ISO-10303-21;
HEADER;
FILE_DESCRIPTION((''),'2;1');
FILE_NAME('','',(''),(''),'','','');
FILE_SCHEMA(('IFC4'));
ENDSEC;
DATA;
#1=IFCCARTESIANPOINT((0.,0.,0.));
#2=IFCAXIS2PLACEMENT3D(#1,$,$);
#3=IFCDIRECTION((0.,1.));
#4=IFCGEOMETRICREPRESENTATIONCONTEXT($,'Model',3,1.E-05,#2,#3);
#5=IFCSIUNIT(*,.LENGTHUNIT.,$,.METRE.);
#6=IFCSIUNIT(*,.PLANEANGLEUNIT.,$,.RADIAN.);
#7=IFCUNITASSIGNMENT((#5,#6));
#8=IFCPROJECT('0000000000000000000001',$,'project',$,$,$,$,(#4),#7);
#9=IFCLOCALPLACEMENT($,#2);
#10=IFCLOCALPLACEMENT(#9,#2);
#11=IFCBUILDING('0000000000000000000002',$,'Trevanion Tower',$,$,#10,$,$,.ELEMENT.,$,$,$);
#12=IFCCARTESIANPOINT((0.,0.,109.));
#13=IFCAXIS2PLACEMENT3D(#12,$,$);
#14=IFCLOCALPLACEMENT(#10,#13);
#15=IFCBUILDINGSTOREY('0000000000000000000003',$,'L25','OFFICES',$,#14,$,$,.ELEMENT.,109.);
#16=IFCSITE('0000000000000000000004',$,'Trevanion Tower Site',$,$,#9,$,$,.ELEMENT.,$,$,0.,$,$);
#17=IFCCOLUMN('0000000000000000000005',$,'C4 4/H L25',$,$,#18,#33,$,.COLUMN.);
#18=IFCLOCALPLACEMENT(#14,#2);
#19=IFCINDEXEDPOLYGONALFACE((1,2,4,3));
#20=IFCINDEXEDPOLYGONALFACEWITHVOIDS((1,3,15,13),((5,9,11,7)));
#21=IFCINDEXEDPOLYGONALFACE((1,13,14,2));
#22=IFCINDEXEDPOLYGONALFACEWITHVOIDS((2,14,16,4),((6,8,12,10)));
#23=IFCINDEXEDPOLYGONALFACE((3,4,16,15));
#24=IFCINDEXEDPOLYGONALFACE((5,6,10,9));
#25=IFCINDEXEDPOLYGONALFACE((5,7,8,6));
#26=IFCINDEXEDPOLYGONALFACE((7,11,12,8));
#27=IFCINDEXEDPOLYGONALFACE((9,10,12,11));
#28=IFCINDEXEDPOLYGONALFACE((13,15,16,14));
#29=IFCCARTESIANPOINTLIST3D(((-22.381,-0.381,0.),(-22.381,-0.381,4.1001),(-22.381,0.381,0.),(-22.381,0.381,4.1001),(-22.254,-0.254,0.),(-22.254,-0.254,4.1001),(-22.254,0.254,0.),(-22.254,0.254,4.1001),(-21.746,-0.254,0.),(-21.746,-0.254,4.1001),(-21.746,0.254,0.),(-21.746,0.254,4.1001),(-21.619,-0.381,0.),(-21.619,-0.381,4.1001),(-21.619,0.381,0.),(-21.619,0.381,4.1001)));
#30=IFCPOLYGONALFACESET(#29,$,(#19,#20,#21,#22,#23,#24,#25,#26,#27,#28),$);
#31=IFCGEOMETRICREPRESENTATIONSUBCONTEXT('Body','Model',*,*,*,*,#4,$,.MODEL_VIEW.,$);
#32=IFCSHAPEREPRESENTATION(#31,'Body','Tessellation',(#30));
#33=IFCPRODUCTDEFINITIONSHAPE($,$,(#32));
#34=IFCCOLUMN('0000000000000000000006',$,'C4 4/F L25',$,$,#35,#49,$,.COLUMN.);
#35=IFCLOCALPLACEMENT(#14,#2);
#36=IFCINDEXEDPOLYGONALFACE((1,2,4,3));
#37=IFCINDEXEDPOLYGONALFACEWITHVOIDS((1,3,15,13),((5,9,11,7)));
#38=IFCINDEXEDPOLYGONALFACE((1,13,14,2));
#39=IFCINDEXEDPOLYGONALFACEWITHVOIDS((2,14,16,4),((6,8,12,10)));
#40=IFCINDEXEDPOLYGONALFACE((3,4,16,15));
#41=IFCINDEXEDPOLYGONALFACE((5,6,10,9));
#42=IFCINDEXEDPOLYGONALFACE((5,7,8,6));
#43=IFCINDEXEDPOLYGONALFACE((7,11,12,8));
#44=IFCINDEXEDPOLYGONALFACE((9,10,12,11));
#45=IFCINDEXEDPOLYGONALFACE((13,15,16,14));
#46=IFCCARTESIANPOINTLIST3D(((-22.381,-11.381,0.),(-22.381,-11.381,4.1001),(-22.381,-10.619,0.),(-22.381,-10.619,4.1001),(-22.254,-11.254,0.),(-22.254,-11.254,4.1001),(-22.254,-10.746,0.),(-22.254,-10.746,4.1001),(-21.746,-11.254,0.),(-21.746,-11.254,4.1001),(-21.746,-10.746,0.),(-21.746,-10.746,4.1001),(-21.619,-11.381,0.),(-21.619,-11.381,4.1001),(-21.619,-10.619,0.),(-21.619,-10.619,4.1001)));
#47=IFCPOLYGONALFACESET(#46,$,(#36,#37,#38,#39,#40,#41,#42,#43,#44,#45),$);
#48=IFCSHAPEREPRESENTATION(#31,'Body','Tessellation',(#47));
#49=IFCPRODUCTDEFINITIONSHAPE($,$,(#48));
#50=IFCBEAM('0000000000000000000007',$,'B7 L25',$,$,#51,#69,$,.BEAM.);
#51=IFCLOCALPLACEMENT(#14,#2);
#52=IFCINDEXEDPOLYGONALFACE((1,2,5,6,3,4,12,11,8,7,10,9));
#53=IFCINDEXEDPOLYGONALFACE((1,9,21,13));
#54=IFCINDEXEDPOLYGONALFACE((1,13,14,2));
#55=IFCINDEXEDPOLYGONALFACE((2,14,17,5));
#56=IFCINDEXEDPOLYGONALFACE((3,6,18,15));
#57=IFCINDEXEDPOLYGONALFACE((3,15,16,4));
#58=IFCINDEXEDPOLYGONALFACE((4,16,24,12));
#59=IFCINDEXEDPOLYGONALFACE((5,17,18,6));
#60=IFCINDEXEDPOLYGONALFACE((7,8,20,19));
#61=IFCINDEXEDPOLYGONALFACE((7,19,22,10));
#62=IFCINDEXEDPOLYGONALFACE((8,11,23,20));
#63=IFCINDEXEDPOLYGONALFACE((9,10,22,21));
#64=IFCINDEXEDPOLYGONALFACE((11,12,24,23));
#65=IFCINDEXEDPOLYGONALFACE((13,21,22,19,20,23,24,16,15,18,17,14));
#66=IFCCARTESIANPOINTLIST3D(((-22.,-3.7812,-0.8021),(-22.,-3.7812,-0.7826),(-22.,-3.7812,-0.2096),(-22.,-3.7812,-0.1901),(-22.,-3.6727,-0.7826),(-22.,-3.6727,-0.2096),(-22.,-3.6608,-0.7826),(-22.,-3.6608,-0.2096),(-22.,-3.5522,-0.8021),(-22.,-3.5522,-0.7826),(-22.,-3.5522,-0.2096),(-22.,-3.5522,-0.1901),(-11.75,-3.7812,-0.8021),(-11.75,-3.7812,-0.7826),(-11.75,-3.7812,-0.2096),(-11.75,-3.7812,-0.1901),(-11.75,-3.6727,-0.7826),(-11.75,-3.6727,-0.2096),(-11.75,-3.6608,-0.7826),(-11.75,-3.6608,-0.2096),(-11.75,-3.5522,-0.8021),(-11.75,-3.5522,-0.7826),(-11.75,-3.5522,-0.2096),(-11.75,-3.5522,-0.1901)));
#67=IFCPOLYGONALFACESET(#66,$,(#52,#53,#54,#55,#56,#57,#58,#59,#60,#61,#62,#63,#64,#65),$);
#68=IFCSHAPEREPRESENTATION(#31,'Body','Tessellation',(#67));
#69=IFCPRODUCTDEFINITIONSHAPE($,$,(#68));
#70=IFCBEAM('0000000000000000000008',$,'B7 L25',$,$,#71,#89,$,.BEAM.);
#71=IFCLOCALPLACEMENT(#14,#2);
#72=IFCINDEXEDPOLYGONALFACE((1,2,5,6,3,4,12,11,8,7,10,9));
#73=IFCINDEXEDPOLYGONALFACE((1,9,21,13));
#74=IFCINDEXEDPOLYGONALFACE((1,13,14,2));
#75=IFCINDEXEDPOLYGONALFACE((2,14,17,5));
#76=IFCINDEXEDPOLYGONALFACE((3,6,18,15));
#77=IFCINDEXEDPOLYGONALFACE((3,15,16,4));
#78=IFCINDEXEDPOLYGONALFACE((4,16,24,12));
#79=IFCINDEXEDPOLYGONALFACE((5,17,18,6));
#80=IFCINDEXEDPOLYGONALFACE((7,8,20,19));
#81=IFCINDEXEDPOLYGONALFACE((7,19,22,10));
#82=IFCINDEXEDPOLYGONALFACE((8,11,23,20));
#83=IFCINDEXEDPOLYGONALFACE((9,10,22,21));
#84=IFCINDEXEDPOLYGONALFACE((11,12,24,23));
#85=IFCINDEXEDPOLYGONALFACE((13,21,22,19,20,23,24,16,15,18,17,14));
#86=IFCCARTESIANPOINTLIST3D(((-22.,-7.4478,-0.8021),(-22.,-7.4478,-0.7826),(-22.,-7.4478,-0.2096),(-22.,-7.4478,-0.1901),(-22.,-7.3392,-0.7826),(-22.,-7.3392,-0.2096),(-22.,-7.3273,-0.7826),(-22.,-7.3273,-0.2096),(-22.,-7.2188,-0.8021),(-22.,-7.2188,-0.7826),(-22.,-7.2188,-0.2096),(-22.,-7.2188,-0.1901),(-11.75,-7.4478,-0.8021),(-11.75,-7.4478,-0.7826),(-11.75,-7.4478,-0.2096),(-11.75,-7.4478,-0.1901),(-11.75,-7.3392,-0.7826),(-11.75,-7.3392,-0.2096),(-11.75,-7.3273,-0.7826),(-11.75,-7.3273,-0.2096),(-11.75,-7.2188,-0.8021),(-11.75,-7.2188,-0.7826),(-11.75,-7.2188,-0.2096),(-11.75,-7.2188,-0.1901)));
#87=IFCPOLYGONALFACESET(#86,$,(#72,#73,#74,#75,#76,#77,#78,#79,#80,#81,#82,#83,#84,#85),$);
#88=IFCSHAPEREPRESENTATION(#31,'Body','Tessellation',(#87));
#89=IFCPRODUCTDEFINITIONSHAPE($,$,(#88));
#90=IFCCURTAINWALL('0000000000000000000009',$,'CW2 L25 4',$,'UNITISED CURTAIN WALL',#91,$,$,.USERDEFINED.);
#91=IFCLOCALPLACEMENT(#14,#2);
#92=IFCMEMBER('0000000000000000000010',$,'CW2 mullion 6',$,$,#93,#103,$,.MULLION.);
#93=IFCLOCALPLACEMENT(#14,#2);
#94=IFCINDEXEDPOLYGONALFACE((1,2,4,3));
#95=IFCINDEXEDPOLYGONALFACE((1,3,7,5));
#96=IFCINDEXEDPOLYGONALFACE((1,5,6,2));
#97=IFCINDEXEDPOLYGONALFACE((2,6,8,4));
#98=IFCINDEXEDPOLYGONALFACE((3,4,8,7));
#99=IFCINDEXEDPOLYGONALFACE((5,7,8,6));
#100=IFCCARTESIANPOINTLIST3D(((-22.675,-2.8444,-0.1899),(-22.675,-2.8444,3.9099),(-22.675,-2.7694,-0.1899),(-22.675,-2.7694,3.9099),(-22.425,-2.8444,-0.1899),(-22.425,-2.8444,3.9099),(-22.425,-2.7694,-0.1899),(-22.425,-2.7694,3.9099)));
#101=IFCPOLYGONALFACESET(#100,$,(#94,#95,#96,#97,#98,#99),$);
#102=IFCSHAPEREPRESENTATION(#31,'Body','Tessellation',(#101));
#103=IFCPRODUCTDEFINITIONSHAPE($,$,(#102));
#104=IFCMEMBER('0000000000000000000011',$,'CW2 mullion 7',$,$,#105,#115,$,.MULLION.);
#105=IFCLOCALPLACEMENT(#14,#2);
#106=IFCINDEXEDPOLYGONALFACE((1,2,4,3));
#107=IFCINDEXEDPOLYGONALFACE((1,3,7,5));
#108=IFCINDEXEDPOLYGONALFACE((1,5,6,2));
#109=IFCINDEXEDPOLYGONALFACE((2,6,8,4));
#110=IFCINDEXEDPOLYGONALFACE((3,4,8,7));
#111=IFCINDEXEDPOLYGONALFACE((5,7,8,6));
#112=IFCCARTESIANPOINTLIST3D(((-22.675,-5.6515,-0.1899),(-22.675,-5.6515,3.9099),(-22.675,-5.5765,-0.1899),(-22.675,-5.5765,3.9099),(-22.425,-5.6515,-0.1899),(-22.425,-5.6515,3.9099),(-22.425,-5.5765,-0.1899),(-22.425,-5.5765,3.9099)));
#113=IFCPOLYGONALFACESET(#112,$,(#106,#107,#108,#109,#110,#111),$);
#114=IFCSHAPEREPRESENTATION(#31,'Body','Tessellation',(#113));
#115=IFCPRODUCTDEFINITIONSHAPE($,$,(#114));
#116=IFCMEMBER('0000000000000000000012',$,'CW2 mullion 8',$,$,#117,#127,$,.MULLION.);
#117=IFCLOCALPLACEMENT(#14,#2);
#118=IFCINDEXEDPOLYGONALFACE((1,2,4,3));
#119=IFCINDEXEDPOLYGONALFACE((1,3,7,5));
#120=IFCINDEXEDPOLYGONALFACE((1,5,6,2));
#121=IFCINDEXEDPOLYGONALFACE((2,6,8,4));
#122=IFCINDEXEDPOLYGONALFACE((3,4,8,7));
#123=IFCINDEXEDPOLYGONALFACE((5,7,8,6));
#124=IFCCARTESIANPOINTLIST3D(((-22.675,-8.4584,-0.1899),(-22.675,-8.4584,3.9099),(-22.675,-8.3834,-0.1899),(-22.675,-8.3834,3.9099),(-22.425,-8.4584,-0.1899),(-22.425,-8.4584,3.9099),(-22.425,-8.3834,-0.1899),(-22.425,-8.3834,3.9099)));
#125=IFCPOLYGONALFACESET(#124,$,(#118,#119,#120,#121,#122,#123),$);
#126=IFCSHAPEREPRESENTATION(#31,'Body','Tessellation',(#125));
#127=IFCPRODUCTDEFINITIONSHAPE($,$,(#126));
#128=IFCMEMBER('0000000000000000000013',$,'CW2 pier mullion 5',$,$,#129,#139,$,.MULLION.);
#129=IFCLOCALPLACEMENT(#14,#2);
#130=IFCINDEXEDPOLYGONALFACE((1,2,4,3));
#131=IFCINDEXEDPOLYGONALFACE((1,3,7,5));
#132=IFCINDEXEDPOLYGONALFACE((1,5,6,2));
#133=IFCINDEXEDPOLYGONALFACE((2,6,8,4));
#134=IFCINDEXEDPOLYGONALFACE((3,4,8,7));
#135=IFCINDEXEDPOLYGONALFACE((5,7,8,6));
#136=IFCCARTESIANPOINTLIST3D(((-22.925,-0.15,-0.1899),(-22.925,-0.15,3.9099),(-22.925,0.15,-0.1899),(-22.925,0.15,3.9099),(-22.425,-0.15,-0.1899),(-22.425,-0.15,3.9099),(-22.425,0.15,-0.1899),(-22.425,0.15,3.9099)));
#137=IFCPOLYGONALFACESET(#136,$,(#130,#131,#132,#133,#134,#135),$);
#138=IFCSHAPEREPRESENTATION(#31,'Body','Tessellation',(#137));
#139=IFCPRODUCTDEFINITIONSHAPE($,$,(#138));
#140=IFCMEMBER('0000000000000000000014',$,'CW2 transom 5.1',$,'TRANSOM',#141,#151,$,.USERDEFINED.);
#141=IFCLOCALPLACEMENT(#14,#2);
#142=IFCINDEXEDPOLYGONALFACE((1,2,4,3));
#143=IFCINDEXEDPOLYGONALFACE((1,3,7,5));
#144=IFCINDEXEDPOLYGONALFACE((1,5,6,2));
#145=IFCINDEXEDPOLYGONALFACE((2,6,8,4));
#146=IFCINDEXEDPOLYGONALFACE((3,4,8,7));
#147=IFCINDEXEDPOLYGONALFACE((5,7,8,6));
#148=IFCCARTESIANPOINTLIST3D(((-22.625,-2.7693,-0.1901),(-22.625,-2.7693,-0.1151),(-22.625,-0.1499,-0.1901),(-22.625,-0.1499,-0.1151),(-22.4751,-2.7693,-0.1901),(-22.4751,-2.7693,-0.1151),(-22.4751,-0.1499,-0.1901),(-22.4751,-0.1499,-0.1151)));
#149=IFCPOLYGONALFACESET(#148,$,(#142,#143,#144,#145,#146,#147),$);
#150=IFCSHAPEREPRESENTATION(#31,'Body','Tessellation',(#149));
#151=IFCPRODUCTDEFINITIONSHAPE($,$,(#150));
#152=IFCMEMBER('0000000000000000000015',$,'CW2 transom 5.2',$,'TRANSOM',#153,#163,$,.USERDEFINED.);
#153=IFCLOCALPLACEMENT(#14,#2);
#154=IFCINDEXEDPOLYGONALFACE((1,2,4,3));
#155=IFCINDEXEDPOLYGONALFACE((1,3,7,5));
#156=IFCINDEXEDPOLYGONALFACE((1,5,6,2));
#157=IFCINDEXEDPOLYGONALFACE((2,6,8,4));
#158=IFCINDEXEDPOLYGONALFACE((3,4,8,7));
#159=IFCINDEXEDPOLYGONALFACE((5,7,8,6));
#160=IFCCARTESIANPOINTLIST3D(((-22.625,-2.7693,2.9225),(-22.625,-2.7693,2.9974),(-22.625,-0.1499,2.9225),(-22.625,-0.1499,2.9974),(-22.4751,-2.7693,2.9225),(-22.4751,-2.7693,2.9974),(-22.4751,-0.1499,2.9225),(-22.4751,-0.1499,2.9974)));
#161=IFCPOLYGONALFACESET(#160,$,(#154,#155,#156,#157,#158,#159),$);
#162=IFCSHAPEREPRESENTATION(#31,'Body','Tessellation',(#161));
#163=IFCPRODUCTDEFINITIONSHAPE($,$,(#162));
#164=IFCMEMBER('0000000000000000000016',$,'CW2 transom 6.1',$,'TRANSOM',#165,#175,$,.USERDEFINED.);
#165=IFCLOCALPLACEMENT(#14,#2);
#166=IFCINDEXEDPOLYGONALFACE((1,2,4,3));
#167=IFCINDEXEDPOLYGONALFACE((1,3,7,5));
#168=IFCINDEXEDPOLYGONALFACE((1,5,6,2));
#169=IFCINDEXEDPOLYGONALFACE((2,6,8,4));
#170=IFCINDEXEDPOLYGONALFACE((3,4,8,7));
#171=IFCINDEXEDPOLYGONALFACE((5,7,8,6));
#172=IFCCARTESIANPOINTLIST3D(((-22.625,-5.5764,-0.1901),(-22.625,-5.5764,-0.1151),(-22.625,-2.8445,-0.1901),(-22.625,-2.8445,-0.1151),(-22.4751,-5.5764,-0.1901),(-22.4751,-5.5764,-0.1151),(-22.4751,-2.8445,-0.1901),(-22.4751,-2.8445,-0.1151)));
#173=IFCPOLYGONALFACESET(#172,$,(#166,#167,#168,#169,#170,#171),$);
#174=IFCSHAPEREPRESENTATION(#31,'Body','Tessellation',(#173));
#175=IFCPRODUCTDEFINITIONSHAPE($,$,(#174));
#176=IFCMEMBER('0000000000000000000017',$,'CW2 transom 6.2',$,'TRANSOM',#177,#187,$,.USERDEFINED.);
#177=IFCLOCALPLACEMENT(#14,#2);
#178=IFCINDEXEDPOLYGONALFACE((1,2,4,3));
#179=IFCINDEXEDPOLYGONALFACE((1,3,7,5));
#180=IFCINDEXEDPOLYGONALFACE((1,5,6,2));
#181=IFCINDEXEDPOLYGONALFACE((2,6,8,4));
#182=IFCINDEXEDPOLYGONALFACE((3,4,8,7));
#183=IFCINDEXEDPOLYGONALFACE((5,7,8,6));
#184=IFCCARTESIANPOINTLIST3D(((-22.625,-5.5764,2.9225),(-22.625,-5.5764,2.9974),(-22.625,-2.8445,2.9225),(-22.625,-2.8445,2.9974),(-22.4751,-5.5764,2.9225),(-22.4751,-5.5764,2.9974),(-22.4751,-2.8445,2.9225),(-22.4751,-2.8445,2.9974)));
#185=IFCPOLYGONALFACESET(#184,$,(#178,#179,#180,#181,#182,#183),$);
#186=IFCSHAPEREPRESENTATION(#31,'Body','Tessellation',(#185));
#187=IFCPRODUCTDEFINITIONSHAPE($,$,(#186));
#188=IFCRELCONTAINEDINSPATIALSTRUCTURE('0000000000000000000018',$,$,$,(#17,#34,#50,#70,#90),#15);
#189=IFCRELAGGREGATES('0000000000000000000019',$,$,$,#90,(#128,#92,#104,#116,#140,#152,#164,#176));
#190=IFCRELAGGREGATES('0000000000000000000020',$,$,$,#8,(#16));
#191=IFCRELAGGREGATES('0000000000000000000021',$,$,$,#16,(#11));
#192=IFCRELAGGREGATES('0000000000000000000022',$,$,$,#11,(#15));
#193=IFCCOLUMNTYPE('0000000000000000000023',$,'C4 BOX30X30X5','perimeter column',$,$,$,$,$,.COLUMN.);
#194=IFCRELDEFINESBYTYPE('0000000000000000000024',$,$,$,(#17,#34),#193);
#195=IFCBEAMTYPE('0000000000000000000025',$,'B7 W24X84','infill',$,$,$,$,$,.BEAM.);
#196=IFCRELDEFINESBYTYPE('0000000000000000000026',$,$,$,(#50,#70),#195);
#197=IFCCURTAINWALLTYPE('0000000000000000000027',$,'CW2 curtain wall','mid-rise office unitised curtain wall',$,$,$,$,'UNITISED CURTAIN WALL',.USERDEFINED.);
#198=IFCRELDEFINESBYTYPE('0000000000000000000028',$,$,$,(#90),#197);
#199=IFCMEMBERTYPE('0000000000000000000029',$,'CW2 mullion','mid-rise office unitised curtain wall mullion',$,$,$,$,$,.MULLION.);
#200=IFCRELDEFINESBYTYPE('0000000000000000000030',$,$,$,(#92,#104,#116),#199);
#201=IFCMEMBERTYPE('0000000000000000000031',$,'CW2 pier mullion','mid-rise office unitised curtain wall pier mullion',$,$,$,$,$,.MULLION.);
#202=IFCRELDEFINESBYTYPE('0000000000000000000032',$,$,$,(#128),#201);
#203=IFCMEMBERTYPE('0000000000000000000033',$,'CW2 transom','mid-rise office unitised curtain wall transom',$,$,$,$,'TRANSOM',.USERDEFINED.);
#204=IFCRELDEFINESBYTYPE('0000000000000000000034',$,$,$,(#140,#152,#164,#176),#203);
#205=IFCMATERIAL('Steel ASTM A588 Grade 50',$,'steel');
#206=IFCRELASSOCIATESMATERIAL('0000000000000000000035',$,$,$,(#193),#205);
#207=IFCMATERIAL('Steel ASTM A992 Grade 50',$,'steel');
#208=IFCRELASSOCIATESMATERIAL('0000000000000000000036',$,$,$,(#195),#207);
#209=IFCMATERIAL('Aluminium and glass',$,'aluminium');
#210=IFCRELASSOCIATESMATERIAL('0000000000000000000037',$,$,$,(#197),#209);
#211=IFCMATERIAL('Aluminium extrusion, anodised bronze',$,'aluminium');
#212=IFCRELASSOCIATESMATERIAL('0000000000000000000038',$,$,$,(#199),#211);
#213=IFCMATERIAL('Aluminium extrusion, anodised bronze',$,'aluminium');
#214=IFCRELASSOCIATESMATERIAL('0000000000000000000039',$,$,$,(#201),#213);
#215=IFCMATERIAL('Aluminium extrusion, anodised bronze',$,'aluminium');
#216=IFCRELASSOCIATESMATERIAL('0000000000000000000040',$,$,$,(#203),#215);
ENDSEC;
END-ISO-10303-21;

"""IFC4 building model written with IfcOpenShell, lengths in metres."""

from ifc_helpers import new_model, si_unit, direction, frame, origin, origin_2d, place, context, subcontext, project, spatial, rectangle, hollow_rectangle, i_section, extrude, material, material_profile, profile_set, type_object, element, aggregate, save


model = new_model("IFC4")

# Units and contexts
model_context = context("Model", 3, precision=1e-05, world=origin(), true_north=direction((0.0, 1.0)))
body_context = subcontext(model_context, "Body", "Model", "MODEL_VIEW")
ifc_project = project(units=[si_unit("LENGTHUNIT", "METRE"), si_unit("PLANEANGLEUNIT", "RADIAN")], contexts=[model_context])

# Site, building, storey
site_placement = place(None, origin())
site = spatial("IfcSite", under=ifc_project, at=site_placement, Name="Trevanion Tower Site", CompositionType="ELEMENT", RefElevation=0.0)
building_placement = place(site_placement, origin())
building = spatial("IfcBuilding", under=site, at=building_placement, Name="Trevanion Tower", CompositionType="ELEMENT")
storey_placement = place(building_placement, frame((0.0, 0.0, 109.0)))
storey = spatial("IfcBuildingStorey", under=building, at=storey_placement, Name="L25", Description="OFFICES", CompositionType="ELEMENT", Elevation=109.0)

# Columns
ifc_material_1 = material(Name="Steel ASTM A588 Grade 50", Category="steel")
ifc_material_profile_1 = material_profile(ifc_material_1, hollow_rectangle(XDim=0.762, YDim=0.762, WallThickness=0.127, at=origin_2d()), Name="BOX30X30X5")
ifc_profile_set_1 = profile_set([ifc_material_profile_1], Name="Steel ASTM A588 Grade 50")
column_type = type_object("IfcColumnType", Name="C4 BOX30X30X5", Description="perimeter column", PredefinedType="COLUMN", material=ifc_profile_set_1)
for number, where, z_axis, x_axis, name in (
    (1, (-22.0, 0.0, 0.0), (0.0, 0.0, 1.0), (0.0, 1.0, 0.0), "C4 4/H L25"),
    (2, (-22.0, -11.0, 0.0), (0.0, 0.0, 1.0), (0.0, 1.0, 0.0), "C4 4/F L25"),
):
    element("IfcColumn", number, at=place(storey_placement, frame(where, z_axis=z_axis, x_axis=x_axis)), inside=storey, type_object=column_type, Name=name, PredefinedType="COLUMN", context=body_context, shape_type="SweptSolid", body=[
        extrude(hollow_rectangle(XDim=0.762, YDim=0.762, WallThickness=0.127, at=origin_2d()), origin(), (0.0, 0.0, 1.0), 4.1001),
    ])

# Beams
ifc_material_2 = material(Name="Steel ASTM A992 Grade 50", Category="steel")
ifc_material_profile_2 = material_profile(ifc_material_2, i_section(OverallWidth=0.229, OverallDepth=0.6121, WebThickness=0.012, FlangeThickness=0.0195, at=origin_2d()), Name="W24X84")
ifc_profile_set_2 = profile_set([ifc_material_profile_2], Name="Steel ASTM A992 Grade 50")
beam_type_1 = type_object("IfcBeamType", Name="B7 W24X84", Description="infill", PredefinedType="BEAM", material=ifc_profile_set_2)
for number, where, z_axis, x_axis, name in (
    (3, (-11.75, -3.6667, -0.4961), (-1.0, 0.0, 0.0), (0.0, -1.0, 0.0), "B7 L25"),
    (4, (-11.75, -7.3333, -0.4961), (-1.0, 0.0, 0.0), (0.0, -1.0, 0.0), "B7 L25"),
):
    element("IfcBeam", number, at=place(storey_placement, frame(where, z_axis=z_axis, x_axis=x_axis)), inside=storey, type_object=beam_type_1, Name=name, PredefinedType="BEAM", context=body_context, shape_type="SweptSolid", body=[
        extrude(i_section(OverallWidth=0.229, OverallDepth=0.6121, WebThickness=0.012, FlangeThickness=0.0195, at=origin_2d()), origin(), (0.0, 0.0, 1.0), 10.25),
    ])

# Curtain wall, members
ifc_material_3 = material(Name="Aluminium and glass", Category="aluminium")
curtain_wall_type = type_object("IfcCurtainWallType", Name="CW2 curtain wall", Description="mid-rise office unitised curtain wall", ElementType="UNITISED CURTAIN WALL", PredefinedType="USERDEFINED", material=ifc_material_3)
curtain_wall_placement = place(storey_placement, origin())
curtain_wall = element("IfcCurtainWall", 5, at=curtain_wall_placement, inside=storey, type_object=curtain_wall_type, Name="CW2 L25 4", ObjectType="UNITISED CURTAIN WALL", PredefinedType="USERDEFINED")
ifc_material_4 = material(Name="Aluminium extrusion, anodised bronze", Category="aluminium")
ifc_material_profile_3 = material_profile(ifc_material_4, rectangle(XDim=0.075, YDim=0.25, at=origin_2d()), Name="CW2 mullion")
ifc_profile_set_3 = profile_set([ifc_material_profile_3], Name="Aluminium extrusion, anodised bronze")
member_type_1 = type_object("IfcMemberType", Name="CW2 mullion", Description="mid-rise office unitised curtain wall mullion", PredefinedType="MULLION", material=ifc_profile_set_3)
member_1_placement = place(storey_placement, frame((-22.55, -2.8069, -0.1899), z_axis=(0.0, 0.0, 1.0), x_axis=(0.0, -1.0, 0.0)))
member_1 = element("IfcMember", 6, at=member_1_placement, type_object=member_type_1, Name="CW2 mullion 6", PredefinedType="MULLION", context=body_context, shape_type="SweptSolid", body=[
    extrude(rectangle(XDim=0.075, YDim=0.25, at=origin_2d()), origin(), (0.0, 0.0, 1.0), 4.0999),
])
member_2_placement = place(storey_placement, frame((-22.55, -5.614, -0.1899), z_axis=(0.0, 0.0, 1.0), x_axis=(0.0, -1.0, 0.0)))
member_2 = element("IfcMember", 7, at=member_2_placement, type_object=member_type_1, Name="CW2 mullion 7", PredefinedType="MULLION", context=body_context, shape_type="SweptSolid", body=[
    extrude(rectangle(XDim=0.075, YDim=0.25, at=origin_2d()), origin(), (0.0, 0.0, 1.0), 4.0999),
])
member_3_placement = place(storey_placement, frame((-22.55, -8.4209, -0.1899), z_axis=(0.0, 0.0, 1.0), x_axis=(0.0, -1.0, 0.0)))
member_3 = element("IfcMember", 8, at=member_3_placement, type_object=member_type_1, Name="CW2 mullion 8", PredefinedType="MULLION", context=body_context, shape_type="SweptSolid", body=[
    extrude(rectangle(XDim=0.075, YDim=0.25, at=origin_2d()), origin(), (0.0, 0.0, 1.0), 4.0999),
])
ifc_material_5 = material(Name="Aluminium extrusion, anodised bronze", Category="aluminium")
ifc_material_profile_4 = material_profile(ifc_material_5, rectangle(XDim=0.3, YDim=0.5, at=origin_2d()), Name="CW2 pier mullion")
ifc_profile_set_4 = profile_set([ifc_material_profile_4], Name="Aluminium extrusion, anodised bronze")
member_type_2 = type_object("IfcMemberType", Name="CW2 pier mullion", Description="mid-rise office unitised curtain wall pier mullion", PredefinedType="MULLION", material=ifc_profile_set_4)
member_4_placement = place(storey_placement, frame((-22.675, 0.0, -0.1899), z_axis=(0.0, 0.0, 1.0), x_axis=(0.0, -1.0, 0.0)))
member_4 = element("IfcMember", 9, at=member_4_placement, type_object=member_type_2, Name="CW2 pier mullion 5", PredefinedType="MULLION", context=body_context, shape_type="SweptSolid", body=[
    extrude(rectangle(XDim=0.3, YDim=0.5, at=origin_2d()), origin(), (0.0, 0.0, 1.0), 4.0999),
])
ifc_material_6 = material(Name="Aluminium extrusion, anodised bronze", Category="aluminium")
ifc_material_profile_5 = material_profile(ifc_material_6, rectangle(XDim=0.1499, YDim=0.075, at=origin_2d()), Name="CW2 transom")
ifc_profile_set_5 = profile_set([ifc_material_profile_5], Name="Aluminium extrusion, anodised bronze")
member_type_3 = type_object("IfcMemberType", Name="CW2 transom", Description="mid-rise office unitised curtain wall transom", ElementType="TRANSOM", PredefinedType="USERDEFINED", material=ifc_profile_set_5)
member_5_placement = place(storey_placement, frame((-22.55, -0.1499, -0.1526), z_axis=(0.0, -1.0, 0.0), x_axis=(1.0, 0.0, 0.0)))
member_5 = element("IfcMember", 10, at=member_5_placement, type_object=member_type_3, Name="CW2 transom 5.1", ObjectType="TRANSOM", PredefinedType="USERDEFINED", context=body_context, shape_type="SweptSolid", body=[
    extrude(rectangle(XDim=0.1499, YDim=0.075, at=origin_2d()), origin(), (0.0, 0.0, 1.0), 2.6194),
])
member_6_placement = place(storey_placement, frame((-22.55, -0.1499, 2.96), z_axis=(0.0, -1.0, 0.0), x_axis=(1.0, 0.0, 0.0)))
member_6 = element("IfcMember", 11, at=member_6_placement, type_object=member_type_3, Name="CW2 transom 5.2", ObjectType="TRANSOM", PredefinedType="USERDEFINED", context=body_context, shape_type="SweptSolid", body=[
    extrude(rectangle(XDim=0.1499, YDim=0.075, at=origin_2d()), origin(), (0.0, 0.0, 1.0), 2.6194),
])
member_7_placement = place(storey_placement, frame((-22.55, -2.8445, -0.1526), z_axis=(0.0, -1.0, 0.0), x_axis=(1.0, 0.0, 0.0)))
member_7 = element("IfcMember", 12, at=member_7_placement, type_object=member_type_3, Name="CW2 transom 6.1", ObjectType="TRANSOM", PredefinedType="USERDEFINED", context=body_context, shape_type="SweptSolid", body=[
    extrude(rectangle(XDim=0.1499, YDim=0.075, at=origin_2d()), origin(), (0.0, 0.0, 1.0), 2.7319),
])
member_8_placement = place(storey_placement, frame((-22.55, -2.8445, 2.96), z_axis=(0.0, -1.0, 0.0), x_axis=(1.0, 0.0, 0.0)))
member_8 = element("IfcMember", 13, at=member_8_placement, type_object=member_type_3, Name="CW2 transom 6.2", ObjectType="TRANSOM", PredefinedType="USERDEFINED", context=body_context, shape_type="SweptSolid", body=[
    extrude(rectangle(XDim=0.1499, YDim=0.075, at=origin_2d()), origin(), (0.0, 0.0, 1.0), 2.7319),
])

aggregate(curtain_wall, [member_4, member_1, member_2, member_3, member_5, member_6, member_7, member_8])

save(model, "model.ifc")
